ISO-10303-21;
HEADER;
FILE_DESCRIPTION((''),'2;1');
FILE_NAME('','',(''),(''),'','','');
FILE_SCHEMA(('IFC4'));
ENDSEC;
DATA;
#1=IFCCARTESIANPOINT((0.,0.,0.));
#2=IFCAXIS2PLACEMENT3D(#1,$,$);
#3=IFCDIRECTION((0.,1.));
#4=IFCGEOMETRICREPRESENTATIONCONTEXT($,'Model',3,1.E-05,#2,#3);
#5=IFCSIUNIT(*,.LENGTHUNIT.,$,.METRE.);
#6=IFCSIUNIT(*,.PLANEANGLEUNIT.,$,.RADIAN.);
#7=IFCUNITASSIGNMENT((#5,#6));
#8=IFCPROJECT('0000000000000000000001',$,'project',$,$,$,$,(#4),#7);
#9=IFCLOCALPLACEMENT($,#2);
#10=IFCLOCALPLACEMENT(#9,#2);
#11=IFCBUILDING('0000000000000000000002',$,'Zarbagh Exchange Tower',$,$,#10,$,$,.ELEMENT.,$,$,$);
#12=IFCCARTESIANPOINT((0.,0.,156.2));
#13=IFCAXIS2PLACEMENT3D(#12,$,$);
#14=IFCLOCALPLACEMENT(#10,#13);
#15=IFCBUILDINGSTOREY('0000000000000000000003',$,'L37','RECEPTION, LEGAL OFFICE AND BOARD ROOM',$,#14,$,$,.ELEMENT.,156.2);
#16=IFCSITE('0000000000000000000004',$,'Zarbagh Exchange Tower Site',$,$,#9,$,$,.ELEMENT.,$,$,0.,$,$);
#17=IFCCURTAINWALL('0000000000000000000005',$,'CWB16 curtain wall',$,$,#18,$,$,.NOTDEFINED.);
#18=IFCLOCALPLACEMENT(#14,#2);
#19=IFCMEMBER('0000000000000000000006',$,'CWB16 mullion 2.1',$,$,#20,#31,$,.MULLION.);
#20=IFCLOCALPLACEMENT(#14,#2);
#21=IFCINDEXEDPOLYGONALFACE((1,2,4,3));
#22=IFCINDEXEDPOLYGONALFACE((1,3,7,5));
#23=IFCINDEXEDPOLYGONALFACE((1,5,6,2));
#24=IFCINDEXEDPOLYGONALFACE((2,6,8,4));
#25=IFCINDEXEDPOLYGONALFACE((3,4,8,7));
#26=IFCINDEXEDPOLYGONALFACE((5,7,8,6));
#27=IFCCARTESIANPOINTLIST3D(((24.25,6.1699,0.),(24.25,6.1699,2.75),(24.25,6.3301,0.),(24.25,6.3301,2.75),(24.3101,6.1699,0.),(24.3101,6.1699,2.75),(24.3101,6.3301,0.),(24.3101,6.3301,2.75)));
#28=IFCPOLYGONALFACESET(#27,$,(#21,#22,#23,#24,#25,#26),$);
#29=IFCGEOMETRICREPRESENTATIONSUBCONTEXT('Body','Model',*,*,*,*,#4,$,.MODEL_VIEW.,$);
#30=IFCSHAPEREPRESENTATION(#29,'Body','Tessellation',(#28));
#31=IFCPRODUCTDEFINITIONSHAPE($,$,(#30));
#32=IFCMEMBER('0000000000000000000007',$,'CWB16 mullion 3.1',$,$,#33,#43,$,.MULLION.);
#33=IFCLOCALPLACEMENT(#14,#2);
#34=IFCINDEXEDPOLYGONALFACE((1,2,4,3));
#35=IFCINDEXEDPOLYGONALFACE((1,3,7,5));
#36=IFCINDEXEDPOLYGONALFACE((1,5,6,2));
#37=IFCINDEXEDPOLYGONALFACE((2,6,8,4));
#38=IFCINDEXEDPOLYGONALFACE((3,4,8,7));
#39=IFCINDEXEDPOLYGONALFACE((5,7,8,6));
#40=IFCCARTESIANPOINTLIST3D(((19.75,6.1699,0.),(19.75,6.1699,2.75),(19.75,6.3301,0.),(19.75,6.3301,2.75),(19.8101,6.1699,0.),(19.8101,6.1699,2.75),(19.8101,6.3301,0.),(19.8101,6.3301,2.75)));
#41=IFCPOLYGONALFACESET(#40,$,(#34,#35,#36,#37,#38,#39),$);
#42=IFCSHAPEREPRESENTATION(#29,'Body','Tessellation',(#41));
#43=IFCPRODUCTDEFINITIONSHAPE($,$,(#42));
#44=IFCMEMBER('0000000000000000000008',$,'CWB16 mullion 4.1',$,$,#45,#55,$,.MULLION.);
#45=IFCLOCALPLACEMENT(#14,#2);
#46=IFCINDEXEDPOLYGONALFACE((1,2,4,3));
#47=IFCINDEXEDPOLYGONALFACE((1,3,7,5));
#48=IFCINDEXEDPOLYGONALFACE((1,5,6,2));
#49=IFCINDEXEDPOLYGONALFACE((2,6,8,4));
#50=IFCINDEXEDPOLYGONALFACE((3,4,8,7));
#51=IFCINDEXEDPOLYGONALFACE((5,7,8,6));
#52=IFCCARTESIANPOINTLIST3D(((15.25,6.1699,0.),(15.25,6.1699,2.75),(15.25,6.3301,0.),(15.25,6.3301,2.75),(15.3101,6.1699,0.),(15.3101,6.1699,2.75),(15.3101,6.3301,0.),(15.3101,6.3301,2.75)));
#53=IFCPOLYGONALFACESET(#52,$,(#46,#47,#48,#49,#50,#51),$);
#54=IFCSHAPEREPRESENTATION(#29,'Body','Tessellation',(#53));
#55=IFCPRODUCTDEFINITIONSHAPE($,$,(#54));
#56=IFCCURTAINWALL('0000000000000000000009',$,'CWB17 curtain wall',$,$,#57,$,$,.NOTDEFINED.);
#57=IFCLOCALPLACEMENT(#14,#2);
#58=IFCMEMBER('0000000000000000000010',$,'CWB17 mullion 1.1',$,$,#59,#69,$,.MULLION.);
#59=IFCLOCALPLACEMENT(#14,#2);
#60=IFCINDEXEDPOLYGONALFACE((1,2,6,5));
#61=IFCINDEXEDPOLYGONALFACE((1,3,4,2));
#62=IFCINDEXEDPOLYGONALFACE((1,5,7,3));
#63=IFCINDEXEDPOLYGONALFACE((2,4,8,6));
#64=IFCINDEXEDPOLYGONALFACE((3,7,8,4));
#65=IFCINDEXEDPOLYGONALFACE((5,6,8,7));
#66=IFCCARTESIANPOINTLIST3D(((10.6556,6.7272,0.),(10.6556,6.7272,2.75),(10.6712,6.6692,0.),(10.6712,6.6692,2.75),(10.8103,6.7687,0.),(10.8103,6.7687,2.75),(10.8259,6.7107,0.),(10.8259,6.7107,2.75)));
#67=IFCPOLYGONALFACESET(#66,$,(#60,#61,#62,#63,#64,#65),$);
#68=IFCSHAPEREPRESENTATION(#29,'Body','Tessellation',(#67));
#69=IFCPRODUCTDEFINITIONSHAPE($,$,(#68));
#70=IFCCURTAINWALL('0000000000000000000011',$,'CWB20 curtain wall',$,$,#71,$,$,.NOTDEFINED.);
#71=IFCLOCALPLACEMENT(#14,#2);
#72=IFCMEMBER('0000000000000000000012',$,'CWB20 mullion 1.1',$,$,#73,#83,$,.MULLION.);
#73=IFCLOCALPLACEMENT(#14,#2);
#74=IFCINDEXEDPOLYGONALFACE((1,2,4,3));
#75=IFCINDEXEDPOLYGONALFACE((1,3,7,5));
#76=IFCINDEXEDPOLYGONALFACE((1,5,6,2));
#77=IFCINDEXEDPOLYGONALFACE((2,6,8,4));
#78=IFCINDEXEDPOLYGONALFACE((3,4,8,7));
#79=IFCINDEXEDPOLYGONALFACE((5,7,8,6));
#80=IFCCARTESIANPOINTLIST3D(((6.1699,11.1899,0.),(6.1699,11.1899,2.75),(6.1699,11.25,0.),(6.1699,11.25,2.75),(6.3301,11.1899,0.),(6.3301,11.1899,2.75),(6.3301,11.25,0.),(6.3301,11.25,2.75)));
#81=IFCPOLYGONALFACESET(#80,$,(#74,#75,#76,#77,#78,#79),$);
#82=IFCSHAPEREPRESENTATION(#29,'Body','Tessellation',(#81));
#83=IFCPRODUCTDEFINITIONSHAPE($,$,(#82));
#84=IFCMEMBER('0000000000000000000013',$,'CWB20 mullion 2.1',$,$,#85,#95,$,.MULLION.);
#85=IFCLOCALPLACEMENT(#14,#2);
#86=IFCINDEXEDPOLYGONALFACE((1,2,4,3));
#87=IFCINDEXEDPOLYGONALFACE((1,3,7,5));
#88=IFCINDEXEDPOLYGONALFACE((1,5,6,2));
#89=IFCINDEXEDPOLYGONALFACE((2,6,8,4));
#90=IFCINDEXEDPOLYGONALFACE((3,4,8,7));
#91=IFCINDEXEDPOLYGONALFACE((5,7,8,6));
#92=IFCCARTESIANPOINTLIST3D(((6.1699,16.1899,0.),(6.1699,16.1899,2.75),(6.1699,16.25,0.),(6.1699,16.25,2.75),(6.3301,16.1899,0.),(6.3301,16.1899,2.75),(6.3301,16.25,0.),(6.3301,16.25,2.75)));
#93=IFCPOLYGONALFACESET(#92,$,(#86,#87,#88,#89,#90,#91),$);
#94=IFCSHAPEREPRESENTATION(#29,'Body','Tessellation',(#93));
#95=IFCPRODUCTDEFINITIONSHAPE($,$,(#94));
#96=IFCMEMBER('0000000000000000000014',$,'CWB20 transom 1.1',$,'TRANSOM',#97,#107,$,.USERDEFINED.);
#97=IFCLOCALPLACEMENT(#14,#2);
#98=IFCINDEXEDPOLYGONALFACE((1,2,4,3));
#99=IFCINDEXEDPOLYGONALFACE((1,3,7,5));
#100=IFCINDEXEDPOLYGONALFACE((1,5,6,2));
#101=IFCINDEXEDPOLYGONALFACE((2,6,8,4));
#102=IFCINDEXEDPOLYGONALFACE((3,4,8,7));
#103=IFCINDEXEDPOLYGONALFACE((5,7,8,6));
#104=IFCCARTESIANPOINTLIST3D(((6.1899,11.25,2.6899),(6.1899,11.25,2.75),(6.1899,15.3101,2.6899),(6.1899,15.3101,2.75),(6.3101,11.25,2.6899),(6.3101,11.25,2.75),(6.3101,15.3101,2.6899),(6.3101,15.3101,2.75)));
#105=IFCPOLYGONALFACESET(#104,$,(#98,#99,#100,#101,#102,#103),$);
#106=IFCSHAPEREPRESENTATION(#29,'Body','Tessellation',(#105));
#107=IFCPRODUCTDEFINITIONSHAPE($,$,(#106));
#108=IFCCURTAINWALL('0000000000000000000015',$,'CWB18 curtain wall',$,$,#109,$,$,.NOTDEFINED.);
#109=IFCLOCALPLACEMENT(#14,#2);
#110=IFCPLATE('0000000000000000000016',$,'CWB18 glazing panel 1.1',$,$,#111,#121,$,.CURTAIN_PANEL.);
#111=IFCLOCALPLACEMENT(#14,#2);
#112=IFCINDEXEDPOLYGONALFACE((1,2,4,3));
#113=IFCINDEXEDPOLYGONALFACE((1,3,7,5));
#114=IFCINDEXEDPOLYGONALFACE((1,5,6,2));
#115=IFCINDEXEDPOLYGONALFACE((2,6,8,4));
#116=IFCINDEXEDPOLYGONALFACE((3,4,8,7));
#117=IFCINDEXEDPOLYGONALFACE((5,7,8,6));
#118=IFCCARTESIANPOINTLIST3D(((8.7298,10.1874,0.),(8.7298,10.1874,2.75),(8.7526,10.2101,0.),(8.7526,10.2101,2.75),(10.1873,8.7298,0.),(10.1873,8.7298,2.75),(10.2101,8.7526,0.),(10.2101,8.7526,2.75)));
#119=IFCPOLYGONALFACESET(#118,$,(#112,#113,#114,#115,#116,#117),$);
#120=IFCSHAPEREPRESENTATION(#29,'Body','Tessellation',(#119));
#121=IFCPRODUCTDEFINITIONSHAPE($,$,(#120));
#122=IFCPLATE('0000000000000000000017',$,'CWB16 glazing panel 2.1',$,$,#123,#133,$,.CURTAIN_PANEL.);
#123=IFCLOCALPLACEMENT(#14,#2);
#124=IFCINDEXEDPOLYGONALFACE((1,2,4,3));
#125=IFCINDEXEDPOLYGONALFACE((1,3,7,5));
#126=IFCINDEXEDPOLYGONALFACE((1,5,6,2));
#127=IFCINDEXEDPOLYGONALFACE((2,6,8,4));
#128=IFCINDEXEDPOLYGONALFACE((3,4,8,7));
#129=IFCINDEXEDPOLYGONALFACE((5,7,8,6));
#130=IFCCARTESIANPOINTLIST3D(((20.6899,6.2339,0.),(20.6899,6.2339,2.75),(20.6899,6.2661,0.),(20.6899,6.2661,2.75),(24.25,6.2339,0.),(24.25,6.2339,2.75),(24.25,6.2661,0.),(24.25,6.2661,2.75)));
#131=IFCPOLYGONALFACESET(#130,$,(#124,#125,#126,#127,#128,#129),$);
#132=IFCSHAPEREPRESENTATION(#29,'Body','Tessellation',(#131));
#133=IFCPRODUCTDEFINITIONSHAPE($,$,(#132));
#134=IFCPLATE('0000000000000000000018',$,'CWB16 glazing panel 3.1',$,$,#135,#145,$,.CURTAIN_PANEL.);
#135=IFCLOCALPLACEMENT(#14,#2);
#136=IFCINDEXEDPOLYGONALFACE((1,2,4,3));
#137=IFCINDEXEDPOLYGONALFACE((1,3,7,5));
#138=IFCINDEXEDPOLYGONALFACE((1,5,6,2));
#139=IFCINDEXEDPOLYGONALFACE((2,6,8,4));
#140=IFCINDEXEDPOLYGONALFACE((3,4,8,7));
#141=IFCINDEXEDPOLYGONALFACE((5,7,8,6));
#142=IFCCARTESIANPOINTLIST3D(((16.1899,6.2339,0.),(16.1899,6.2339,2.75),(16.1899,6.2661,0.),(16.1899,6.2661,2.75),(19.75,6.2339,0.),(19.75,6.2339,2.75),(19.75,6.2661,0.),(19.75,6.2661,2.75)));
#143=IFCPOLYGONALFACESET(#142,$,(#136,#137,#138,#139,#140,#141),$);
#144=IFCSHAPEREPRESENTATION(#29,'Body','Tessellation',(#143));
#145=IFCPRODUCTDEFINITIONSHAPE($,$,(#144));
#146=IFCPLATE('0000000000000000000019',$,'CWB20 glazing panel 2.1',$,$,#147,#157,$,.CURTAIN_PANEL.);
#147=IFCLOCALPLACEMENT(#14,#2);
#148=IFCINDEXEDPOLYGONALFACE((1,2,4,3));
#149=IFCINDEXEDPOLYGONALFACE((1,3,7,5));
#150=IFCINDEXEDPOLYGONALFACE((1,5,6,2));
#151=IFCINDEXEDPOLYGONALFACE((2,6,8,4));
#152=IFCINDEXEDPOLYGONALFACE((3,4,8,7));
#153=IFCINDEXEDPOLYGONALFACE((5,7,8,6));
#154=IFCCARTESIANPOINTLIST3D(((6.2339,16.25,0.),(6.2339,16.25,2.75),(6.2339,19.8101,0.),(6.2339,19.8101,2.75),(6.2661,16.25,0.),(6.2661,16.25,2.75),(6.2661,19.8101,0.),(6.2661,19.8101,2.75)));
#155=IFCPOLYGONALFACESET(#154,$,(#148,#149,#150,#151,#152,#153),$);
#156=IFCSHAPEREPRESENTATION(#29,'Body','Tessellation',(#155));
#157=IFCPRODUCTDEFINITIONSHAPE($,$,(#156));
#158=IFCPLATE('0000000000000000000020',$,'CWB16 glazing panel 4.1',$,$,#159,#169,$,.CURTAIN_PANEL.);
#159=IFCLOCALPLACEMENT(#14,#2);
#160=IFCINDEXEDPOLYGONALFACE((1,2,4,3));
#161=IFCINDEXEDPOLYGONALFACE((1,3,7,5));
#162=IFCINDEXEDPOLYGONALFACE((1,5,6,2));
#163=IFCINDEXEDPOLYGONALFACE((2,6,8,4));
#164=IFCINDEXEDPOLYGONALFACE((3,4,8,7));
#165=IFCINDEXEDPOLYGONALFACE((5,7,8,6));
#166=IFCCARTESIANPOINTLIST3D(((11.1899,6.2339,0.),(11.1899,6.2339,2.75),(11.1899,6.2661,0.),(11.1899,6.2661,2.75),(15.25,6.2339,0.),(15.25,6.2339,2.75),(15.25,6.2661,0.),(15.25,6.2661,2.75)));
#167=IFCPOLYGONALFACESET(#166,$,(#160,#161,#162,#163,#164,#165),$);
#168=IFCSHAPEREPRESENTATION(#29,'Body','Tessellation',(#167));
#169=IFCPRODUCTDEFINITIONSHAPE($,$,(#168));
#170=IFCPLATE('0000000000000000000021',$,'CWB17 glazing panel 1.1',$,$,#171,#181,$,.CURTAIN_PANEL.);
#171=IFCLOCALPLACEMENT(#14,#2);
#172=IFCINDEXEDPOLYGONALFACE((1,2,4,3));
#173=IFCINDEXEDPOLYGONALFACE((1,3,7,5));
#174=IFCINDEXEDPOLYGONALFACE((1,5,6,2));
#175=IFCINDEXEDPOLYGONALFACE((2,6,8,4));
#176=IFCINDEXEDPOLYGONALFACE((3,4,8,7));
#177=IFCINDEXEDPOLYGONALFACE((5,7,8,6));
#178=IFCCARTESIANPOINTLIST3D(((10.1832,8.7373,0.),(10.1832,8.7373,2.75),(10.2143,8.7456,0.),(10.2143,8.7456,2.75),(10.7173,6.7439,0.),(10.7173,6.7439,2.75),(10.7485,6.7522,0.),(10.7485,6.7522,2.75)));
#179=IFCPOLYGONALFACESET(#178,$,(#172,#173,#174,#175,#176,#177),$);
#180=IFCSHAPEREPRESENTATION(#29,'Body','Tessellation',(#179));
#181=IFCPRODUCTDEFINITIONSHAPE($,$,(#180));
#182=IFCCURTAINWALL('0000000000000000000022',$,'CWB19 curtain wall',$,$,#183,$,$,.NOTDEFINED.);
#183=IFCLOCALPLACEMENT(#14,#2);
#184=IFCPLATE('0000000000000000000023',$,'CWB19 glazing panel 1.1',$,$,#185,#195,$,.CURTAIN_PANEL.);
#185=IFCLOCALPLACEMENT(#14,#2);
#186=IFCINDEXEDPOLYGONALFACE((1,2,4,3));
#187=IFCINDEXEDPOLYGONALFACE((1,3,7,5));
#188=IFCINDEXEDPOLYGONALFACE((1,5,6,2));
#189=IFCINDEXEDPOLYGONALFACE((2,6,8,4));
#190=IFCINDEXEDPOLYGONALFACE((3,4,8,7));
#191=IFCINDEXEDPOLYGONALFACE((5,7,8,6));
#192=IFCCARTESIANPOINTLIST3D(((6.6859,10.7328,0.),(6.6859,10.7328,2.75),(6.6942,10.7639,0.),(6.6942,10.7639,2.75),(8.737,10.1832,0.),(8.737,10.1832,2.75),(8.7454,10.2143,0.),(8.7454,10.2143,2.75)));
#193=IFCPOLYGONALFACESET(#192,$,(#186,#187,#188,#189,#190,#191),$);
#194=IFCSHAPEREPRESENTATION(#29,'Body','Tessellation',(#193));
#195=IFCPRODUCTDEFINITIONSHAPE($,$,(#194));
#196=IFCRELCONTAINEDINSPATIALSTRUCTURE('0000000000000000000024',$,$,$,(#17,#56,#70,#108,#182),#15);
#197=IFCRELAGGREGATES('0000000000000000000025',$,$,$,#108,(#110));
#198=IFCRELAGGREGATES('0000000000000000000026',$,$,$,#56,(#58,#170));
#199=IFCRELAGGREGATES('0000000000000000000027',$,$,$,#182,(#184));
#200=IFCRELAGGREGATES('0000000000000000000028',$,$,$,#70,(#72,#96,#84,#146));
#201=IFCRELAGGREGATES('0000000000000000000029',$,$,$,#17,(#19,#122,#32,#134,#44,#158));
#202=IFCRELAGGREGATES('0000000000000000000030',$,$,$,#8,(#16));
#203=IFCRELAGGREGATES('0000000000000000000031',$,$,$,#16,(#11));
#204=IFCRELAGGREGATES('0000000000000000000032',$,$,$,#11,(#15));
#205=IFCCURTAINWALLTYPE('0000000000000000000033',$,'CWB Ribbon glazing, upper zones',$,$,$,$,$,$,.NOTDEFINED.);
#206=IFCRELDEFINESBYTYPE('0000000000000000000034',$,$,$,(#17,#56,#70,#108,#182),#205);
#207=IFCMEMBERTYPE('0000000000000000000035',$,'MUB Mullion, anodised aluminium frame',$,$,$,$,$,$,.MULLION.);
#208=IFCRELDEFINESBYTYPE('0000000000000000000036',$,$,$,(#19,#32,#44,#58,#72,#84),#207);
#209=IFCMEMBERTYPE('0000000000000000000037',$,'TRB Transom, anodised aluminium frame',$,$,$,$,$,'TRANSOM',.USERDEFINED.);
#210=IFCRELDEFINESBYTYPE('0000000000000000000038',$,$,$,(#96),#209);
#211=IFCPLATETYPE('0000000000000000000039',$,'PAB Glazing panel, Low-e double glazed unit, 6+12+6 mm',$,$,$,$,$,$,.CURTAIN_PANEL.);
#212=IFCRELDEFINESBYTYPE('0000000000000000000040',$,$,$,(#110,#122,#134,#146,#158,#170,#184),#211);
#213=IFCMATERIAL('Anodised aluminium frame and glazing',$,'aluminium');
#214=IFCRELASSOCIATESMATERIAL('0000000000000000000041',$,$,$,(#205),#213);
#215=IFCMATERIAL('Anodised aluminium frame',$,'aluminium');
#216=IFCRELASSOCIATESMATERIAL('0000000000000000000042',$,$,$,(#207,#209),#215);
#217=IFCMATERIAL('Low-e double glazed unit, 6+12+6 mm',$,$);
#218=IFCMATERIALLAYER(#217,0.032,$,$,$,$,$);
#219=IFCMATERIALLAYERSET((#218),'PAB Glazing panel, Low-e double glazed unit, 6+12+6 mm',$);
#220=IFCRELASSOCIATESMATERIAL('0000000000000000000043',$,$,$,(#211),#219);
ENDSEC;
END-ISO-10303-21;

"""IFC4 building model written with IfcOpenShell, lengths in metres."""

from ifc_helpers import new_model, si_unit, direction, frame, origin, place, context, subcontext, project, spatial, polyline, outline, extrude, source, transform, mapped, material, layer, layer_set, type_object, element, aggregate, save


model = new_model("IFC4")

# Units and contexts
model_context = context("Model", 3, precision=1e-05, world=origin(), true_north=direction((0.0, 1.0)))
body_context = subcontext(model_context, "Body", "Model", "MODEL_VIEW")
ifc_project = project(units=[si_unit("LENGTHUNIT", "METRE"), si_unit("PLANEANGLEUNIT", "RADIAN")], contexts=[model_context])

# Site, building, storey
site_placement = place(None, origin())
site = spatial("IfcSite", under=ifc_project, at=site_placement, Name="Zarbagh Exchange Tower Site", CompositionType="ELEMENT", RefElevation=0.0)
building_placement = place(site_placement, origin())
building = spatial("IfcBuilding", under=site, at=building_placement, Name="Zarbagh Exchange Tower", CompositionType="ELEMENT")
storey_placement = place(building_placement, frame((0.0, 0.0, 156.2)))
storey = spatial("IfcBuildingStorey", under=building, at=storey_placement, Name="L37", Description="RECEPTION, LEGAL OFFICE AND BOARD ROOM", CompositionType="ELEMENT", Elevation=156.2)

# Curtain wall, members
ifc_material_1 = material(Name="Anodised aluminium frame and glazing", Category="aluminium")
curtain_wall_type = type_object("IfcCurtainWallType", Name="CWB Ribbon glazing, upper zones", PredefinedType="NOTDEFINED", material=ifc_material_1)
curtain_wall_1_placement = place(storey_placement, origin())
curtain_wall_1 = element("IfcCurtainWall", 1, at=curtain_wall_1_placement, inside=storey, type_object=curtain_wall_type, Name="CWB16 curtain wall", PredefinedType="NOTDEFINED")
ifc_material_2 = material(Name="Anodised aluminium frame", Category="aluminium")
member_type_1 = type_object("IfcMemberType", Name="MUB Mullion, anodised aluminium frame", PredefinedType="MULLION", material=ifc_material_2)
shared_shape_1 = source(origin(), body_context, "Body", "SweptSolid", [
    extrude(outline(polyline([(0.0, -0.0801), (0.0601, -0.0801), (0.0601, 0.0801), (0.0, 0.0801), (0.0, -0.0801)])), origin(), (0.0, 0.0, 1.0), 2.75),
])
placement = place(storey_placement, origin())
member_1 = element("IfcMember", 2, at=placement, type_object=member_type_1, Name="CWB16 mullion 2.1", PredefinedType="MULLION", context=body_context, shape_type="MappedRepresentation", body=[
    mapped(shared_shape_1, transform((24.3101, 6.25, 0.0), x_axis=(-1.0, 0.0, 0.0), y_axis=(0.0, -1.0, 0.0), z_axis=(0.0, 0.0, 1.0))),
])
member_2 = element("IfcMember", 3, at=placement, type_object=member_type_1, Name="CWB16 mullion 3.1", PredefinedType="MULLION", context=body_context, shape_type="MappedRepresentation", body=[
    mapped(shared_shape_1, transform((19.8101, 6.25, 0.0), x_axis=(-1.0, 0.0, 0.0), y_axis=(0.0, -1.0, 0.0), z_axis=(0.0, 0.0, 1.0))),
])
member_3 = element("IfcMember", 4, at=placement, type_object=member_type_1, Name="CWB16 mullion 4.1", PredefinedType="MULLION", context=body_context, shape_type="MappedRepresentation", body=[
    mapped(shared_shape_1, transform((15.3101, 6.25, 0.0), x_axis=(-1.0, 0.0, 0.0), y_axis=(0.0, -1.0, 0.0), z_axis=(0.0, 0.0, 1.0))),
])

# Curtain wall, member
curtain_wall_2_placement = place(storey_placement, origin())
curtain_wall_2 = element("IfcCurtainWall", 5, at=curtain_wall_2_placement, inside=storey, type_object=curtain_wall_type, Name="CWB17 curtain wall", PredefinedType="NOTDEFINED")
member_4 = element("IfcMember", 6, at=placement, type_object=member_type_1, Name="CWB17 mullion 1.1", PredefinedType="MULLION", context=body_context, shape_type="MappedRepresentation", body=[
    mapped(shared_shape_1, transform((10.7485, 6.6899, 0.0), x_axis=(-0.258825, 0.965924, 0.0), y_axis=(-0.965924, -0.258825, 0.0), z_axis=(0.0, 0.0, 1.0))),
])

# Curtain wall, members
curtain_wall_3_placement = place(storey_placement, origin())
curtain_wall_3 = element("IfcCurtainWall", 7, at=curtain_wall_3_placement, inside=storey, type_object=curtain_wall_type, Name="CWB20 curtain wall", PredefinedType="NOTDEFINED")
member_5 = element("IfcMember", 8, at=placement, type_object=member_type_1, Name="CWB20 mullion 1.1", PredefinedType="MULLION", context=body_context, shape_type="MappedRepresentation", body=[
    mapped(shared_shape_1, transform((6.25, 11.1899, 0.0), x_axis=(0.0, 1.0, 0.0), y_axis=(-1.0, 0.0, 0.0), z_axis=(0.0, 0.0, 1.0))),
])
member_6 = element("IfcMember", 9, at=placement, type_object=member_type_1, Name="CWB20 mullion 2.1", PredefinedType="MULLION", context=body_context, shape_type="MappedRepresentation", body=[
    mapped(shared_shape_1, transform((6.25, 16.1899, 0.0), x_axis=(0.0, 1.0, 0.0), y_axis=(-1.0, 0.0, 0.0), z_axis=(0.0, 0.0, 1.0))),
])
member_type_2 = type_object("IfcMemberType", Name="TRB Transom, anodised aluminium frame", ElementType="TRANSOM", PredefinedType="USERDEFINED", material=ifc_material_2)
shared_shape_2 = source(origin(), body_context, "Body", "SweptSolid", [
    extrude(outline(polyline([(-0.0601, -0.0601), (0.0, -0.0601), (0.0, 0.0601), (-0.0601, 0.0601), (-0.0601, -0.0601)])), origin(), (0.0, 0.0, 1.0), 4.0601),
])
member_7 = element("IfcMember", 10, at=placement, type_object=member_type_2, Name="CWB20 transom 1.1", ObjectType="TRANSOM", PredefinedType="USERDEFINED", context=body_context, shape_type="MappedRepresentation", body=[
    mapped(shared_shape_2, transform((6.25, 11.25, 2.75), x_axis=(0.0, 0.0, 1.0), y_axis=(1.0, 0.0, 0.0), z_axis=(0.0, 1.0, 0.0))),
])

# Curtain wall, plate
curtain_wall_4_placement = place(storey_placement, origin())
curtain_wall_4 = element("IfcCurtainWall", 11, at=curtain_wall_4_placement, inside=storey, type_object=curtain_wall_type, Name="CWB18 curtain wall", PredefinedType="NOTDEFINED")
ifc_material_3 = material(Name="Low-e double glazed unit, 6+12+6 mm")
ifc_layer_1 = layer(ifc_material_3, 0.032)
ifc_layer_set_1 = layer_set([ifc_layer_1], Name="PAB Glazing panel, Low-e double glazed unit, 6+12+6 mm")
plate_type = type_object("IfcPlateType", Name="PAB Glazing panel, Low-e double glazed unit, 6+12+6 mm", PredefinedType="CURTAIN_PANEL", material=ifc_layer_set_1)
shared_shape_3 = source(origin(), body_context, "Body", "SweptSolid", [
    extrude(outline(polyline([(0.0, -0.0161), (2.0613, -0.0161), (2.0613, 0.0161), (0.0, 0.0161), (0.0, -0.0161)])), origin(), (0.0, 0.0, 1.0), 2.75),
])
plate_1 = element("IfcPlate", 12, at=placement, type_object=plate_type, Name="CWB18 glazing panel 1.1", PredefinedType="CURTAIN_PANEL", context=body_context, shape_type="MappedRepresentation", body=[
    mapped(shared_shape_3, transform((10.1987, 8.7412, 0.0), x_axis=(-0.707107, 0.707107, 0.0), y_axis=(-0.707107, -0.707107, 0.0), z_axis=(0.0, 0.0, 1.0))),
])
aggregate(curtain_wall_4, [plate_1])

# Plates
shared_shape_4 = source(origin(), body_context, "Body", "SweptSolid", [
    extrude(outline(polyline([(0.0, -0.0161), (3.5601, -0.0161), (3.5601, 0.0161), (0.0, 0.0161), (0.0, -0.0161)])), origin(), (0.0, 0.0, 1.0), 2.75),
])
plate_2 = element("IfcPlate", 13, at=placement, type_object=plate_type, Name="CWB16 glazing panel 2.1", PredefinedType="CURTAIN_PANEL", context=body_context, shape_type="MappedRepresentation", body=[
    mapped(shared_shape_4, transform((24.25, 6.25, 0.0), x_axis=(-1.0, 0.0, 0.0), y_axis=(0.0, -1.0, 0.0), z_axis=(0.0, 0.0, 1.0))),
])
plate_3 = element("IfcPlate", 14, at=placement, type_object=plate_type, Name="CWB16 glazing panel 3.1", PredefinedType="CURTAIN_PANEL", context=body_context, shape_type="MappedRepresentation", body=[
    mapped(shared_shape_4, transform((19.75, 6.25, 0.0), x_axis=(-1.0, 0.0, 0.0), y_axis=(0.0, -1.0, 0.0), z_axis=(0.0, 0.0, 1.0))),
])
plate_4 = element("IfcPlate", 15, at=placement, type_object=plate_type, Name="CWB20 glazing panel 2.1", PredefinedType="CURTAIN_PANEL", context=body_context, shape_type="MappedRepresentation", body=[
    mapped(shared_shape_4, transform((6.25, 16.25, 0.0), x_axis=(0.0, 1.0, 0.0), y_axis=(-1.0, 0.0, 0.0), z_axis=(0.0, 0.0, 1.0))),
])
shared_shape_5 = source(origin(), body_context, "Body", "SweptSolid", [
    extrude(outline(polyline([(0.0, -0.0161), (4.0601, -0.0161), (4.0601, 0.0161), (0.0, 0.0161), (0.0, -0.0161)])), origin(), (0.0, 0.0, 1.0), 2.75),
])
plate_5 = element("IfcPlate", 16, at=placement, type_object=plate_type, Name="CWB16 glazing panel 4.1", PredefinedType="CURTAIN_PANEL", context=body_context, shape_type="MappedRepresentation", body=[
    mapped(shared_shape_5, transform((15.25, 6.25, 0.0), x_axis=(-1.0, 0.0, 0.0), y_axis=(0.0, -1.0, 0.0), z_axis=(0.0, 0.0, 1.0))),
])
shared_shape_6 = source(origin(), body_context, "Body", "SweptSolid", [
    extrude(outline(polyline([(0.0, -0.0161), (2.0637, -0.0161), (2.0637, 0.0161), (0.0, 0.0161), (0.0, -0.0161)])), origin(), (0.0, 0.0, 1.0), 2.75),
])
plate_6 = element("IfcPlate", 17, at=placement, type_object=plate_type, Name="CWB17 glazing panel 1.1", PredefinedType="CURTAIN_PANEL", context=body_context, shape_type="MappedRepresentation", body=[
    mapped(shared_shape_6, transform((10.7329, 6.748, 0.0), x_axis=(-0.258825, 0.965924, 0.0), y_axis=(-0.965924, -0.258825, 0.0), z_axis=(0.0, 0.0, 1.0))),
])
aggregate(curtain_wall_2, [member_4, plate_6])

# Curtain wall, plate
curtain_wall_5_placement = place(storey_placement, origin())
curtain_wall_5 = element("IfcCurtainWall", 18, at=curtain_wall_5_placement, inside=storey, type_object=curtain_wall_type, Name="CWB19 curtain wall", PredefinedType="NOTDEFINED")
shared_shape_7 = source(origin(), body_context, "Body", "SweptSolid", [
    extrude(outline(polyline([(0.0, -0.0161), (2.1235, -0.0161), (2.1235, 0.0161), (0.0, 0.0161), (0.0, -0.0161)])), origin(), (0.0, 0.0, 1.0), 2.75),
])
plate_7 = element("IfcPlate", 19, at=placement, type_object=plate_type, Name="CWB19 glazing panel 1.1", PredefinedType="CURTAIN_PANEL", context=body_context, shape_type="MappedRepresentation", body=[
    mapped(shared_shape_7, transform((8.7412, 10.1987, 0.0), x_axis=(-0.965924, 0.258825, 0.0), y_axis=(-0.258825, -0.965924, 0.0), z_axis=(0.0, 0.0, 1.0))),
])
aggregate(curtain_wall_5, [plate_7])

aggregate(curtain_wall_3, [member_5, member_7, member_6, plate_4])
aggregate(curtain_wall_1, [member_1, plate_2, member_2, plate_3, member_3, plate_5])

save(model, "model.ifc")
